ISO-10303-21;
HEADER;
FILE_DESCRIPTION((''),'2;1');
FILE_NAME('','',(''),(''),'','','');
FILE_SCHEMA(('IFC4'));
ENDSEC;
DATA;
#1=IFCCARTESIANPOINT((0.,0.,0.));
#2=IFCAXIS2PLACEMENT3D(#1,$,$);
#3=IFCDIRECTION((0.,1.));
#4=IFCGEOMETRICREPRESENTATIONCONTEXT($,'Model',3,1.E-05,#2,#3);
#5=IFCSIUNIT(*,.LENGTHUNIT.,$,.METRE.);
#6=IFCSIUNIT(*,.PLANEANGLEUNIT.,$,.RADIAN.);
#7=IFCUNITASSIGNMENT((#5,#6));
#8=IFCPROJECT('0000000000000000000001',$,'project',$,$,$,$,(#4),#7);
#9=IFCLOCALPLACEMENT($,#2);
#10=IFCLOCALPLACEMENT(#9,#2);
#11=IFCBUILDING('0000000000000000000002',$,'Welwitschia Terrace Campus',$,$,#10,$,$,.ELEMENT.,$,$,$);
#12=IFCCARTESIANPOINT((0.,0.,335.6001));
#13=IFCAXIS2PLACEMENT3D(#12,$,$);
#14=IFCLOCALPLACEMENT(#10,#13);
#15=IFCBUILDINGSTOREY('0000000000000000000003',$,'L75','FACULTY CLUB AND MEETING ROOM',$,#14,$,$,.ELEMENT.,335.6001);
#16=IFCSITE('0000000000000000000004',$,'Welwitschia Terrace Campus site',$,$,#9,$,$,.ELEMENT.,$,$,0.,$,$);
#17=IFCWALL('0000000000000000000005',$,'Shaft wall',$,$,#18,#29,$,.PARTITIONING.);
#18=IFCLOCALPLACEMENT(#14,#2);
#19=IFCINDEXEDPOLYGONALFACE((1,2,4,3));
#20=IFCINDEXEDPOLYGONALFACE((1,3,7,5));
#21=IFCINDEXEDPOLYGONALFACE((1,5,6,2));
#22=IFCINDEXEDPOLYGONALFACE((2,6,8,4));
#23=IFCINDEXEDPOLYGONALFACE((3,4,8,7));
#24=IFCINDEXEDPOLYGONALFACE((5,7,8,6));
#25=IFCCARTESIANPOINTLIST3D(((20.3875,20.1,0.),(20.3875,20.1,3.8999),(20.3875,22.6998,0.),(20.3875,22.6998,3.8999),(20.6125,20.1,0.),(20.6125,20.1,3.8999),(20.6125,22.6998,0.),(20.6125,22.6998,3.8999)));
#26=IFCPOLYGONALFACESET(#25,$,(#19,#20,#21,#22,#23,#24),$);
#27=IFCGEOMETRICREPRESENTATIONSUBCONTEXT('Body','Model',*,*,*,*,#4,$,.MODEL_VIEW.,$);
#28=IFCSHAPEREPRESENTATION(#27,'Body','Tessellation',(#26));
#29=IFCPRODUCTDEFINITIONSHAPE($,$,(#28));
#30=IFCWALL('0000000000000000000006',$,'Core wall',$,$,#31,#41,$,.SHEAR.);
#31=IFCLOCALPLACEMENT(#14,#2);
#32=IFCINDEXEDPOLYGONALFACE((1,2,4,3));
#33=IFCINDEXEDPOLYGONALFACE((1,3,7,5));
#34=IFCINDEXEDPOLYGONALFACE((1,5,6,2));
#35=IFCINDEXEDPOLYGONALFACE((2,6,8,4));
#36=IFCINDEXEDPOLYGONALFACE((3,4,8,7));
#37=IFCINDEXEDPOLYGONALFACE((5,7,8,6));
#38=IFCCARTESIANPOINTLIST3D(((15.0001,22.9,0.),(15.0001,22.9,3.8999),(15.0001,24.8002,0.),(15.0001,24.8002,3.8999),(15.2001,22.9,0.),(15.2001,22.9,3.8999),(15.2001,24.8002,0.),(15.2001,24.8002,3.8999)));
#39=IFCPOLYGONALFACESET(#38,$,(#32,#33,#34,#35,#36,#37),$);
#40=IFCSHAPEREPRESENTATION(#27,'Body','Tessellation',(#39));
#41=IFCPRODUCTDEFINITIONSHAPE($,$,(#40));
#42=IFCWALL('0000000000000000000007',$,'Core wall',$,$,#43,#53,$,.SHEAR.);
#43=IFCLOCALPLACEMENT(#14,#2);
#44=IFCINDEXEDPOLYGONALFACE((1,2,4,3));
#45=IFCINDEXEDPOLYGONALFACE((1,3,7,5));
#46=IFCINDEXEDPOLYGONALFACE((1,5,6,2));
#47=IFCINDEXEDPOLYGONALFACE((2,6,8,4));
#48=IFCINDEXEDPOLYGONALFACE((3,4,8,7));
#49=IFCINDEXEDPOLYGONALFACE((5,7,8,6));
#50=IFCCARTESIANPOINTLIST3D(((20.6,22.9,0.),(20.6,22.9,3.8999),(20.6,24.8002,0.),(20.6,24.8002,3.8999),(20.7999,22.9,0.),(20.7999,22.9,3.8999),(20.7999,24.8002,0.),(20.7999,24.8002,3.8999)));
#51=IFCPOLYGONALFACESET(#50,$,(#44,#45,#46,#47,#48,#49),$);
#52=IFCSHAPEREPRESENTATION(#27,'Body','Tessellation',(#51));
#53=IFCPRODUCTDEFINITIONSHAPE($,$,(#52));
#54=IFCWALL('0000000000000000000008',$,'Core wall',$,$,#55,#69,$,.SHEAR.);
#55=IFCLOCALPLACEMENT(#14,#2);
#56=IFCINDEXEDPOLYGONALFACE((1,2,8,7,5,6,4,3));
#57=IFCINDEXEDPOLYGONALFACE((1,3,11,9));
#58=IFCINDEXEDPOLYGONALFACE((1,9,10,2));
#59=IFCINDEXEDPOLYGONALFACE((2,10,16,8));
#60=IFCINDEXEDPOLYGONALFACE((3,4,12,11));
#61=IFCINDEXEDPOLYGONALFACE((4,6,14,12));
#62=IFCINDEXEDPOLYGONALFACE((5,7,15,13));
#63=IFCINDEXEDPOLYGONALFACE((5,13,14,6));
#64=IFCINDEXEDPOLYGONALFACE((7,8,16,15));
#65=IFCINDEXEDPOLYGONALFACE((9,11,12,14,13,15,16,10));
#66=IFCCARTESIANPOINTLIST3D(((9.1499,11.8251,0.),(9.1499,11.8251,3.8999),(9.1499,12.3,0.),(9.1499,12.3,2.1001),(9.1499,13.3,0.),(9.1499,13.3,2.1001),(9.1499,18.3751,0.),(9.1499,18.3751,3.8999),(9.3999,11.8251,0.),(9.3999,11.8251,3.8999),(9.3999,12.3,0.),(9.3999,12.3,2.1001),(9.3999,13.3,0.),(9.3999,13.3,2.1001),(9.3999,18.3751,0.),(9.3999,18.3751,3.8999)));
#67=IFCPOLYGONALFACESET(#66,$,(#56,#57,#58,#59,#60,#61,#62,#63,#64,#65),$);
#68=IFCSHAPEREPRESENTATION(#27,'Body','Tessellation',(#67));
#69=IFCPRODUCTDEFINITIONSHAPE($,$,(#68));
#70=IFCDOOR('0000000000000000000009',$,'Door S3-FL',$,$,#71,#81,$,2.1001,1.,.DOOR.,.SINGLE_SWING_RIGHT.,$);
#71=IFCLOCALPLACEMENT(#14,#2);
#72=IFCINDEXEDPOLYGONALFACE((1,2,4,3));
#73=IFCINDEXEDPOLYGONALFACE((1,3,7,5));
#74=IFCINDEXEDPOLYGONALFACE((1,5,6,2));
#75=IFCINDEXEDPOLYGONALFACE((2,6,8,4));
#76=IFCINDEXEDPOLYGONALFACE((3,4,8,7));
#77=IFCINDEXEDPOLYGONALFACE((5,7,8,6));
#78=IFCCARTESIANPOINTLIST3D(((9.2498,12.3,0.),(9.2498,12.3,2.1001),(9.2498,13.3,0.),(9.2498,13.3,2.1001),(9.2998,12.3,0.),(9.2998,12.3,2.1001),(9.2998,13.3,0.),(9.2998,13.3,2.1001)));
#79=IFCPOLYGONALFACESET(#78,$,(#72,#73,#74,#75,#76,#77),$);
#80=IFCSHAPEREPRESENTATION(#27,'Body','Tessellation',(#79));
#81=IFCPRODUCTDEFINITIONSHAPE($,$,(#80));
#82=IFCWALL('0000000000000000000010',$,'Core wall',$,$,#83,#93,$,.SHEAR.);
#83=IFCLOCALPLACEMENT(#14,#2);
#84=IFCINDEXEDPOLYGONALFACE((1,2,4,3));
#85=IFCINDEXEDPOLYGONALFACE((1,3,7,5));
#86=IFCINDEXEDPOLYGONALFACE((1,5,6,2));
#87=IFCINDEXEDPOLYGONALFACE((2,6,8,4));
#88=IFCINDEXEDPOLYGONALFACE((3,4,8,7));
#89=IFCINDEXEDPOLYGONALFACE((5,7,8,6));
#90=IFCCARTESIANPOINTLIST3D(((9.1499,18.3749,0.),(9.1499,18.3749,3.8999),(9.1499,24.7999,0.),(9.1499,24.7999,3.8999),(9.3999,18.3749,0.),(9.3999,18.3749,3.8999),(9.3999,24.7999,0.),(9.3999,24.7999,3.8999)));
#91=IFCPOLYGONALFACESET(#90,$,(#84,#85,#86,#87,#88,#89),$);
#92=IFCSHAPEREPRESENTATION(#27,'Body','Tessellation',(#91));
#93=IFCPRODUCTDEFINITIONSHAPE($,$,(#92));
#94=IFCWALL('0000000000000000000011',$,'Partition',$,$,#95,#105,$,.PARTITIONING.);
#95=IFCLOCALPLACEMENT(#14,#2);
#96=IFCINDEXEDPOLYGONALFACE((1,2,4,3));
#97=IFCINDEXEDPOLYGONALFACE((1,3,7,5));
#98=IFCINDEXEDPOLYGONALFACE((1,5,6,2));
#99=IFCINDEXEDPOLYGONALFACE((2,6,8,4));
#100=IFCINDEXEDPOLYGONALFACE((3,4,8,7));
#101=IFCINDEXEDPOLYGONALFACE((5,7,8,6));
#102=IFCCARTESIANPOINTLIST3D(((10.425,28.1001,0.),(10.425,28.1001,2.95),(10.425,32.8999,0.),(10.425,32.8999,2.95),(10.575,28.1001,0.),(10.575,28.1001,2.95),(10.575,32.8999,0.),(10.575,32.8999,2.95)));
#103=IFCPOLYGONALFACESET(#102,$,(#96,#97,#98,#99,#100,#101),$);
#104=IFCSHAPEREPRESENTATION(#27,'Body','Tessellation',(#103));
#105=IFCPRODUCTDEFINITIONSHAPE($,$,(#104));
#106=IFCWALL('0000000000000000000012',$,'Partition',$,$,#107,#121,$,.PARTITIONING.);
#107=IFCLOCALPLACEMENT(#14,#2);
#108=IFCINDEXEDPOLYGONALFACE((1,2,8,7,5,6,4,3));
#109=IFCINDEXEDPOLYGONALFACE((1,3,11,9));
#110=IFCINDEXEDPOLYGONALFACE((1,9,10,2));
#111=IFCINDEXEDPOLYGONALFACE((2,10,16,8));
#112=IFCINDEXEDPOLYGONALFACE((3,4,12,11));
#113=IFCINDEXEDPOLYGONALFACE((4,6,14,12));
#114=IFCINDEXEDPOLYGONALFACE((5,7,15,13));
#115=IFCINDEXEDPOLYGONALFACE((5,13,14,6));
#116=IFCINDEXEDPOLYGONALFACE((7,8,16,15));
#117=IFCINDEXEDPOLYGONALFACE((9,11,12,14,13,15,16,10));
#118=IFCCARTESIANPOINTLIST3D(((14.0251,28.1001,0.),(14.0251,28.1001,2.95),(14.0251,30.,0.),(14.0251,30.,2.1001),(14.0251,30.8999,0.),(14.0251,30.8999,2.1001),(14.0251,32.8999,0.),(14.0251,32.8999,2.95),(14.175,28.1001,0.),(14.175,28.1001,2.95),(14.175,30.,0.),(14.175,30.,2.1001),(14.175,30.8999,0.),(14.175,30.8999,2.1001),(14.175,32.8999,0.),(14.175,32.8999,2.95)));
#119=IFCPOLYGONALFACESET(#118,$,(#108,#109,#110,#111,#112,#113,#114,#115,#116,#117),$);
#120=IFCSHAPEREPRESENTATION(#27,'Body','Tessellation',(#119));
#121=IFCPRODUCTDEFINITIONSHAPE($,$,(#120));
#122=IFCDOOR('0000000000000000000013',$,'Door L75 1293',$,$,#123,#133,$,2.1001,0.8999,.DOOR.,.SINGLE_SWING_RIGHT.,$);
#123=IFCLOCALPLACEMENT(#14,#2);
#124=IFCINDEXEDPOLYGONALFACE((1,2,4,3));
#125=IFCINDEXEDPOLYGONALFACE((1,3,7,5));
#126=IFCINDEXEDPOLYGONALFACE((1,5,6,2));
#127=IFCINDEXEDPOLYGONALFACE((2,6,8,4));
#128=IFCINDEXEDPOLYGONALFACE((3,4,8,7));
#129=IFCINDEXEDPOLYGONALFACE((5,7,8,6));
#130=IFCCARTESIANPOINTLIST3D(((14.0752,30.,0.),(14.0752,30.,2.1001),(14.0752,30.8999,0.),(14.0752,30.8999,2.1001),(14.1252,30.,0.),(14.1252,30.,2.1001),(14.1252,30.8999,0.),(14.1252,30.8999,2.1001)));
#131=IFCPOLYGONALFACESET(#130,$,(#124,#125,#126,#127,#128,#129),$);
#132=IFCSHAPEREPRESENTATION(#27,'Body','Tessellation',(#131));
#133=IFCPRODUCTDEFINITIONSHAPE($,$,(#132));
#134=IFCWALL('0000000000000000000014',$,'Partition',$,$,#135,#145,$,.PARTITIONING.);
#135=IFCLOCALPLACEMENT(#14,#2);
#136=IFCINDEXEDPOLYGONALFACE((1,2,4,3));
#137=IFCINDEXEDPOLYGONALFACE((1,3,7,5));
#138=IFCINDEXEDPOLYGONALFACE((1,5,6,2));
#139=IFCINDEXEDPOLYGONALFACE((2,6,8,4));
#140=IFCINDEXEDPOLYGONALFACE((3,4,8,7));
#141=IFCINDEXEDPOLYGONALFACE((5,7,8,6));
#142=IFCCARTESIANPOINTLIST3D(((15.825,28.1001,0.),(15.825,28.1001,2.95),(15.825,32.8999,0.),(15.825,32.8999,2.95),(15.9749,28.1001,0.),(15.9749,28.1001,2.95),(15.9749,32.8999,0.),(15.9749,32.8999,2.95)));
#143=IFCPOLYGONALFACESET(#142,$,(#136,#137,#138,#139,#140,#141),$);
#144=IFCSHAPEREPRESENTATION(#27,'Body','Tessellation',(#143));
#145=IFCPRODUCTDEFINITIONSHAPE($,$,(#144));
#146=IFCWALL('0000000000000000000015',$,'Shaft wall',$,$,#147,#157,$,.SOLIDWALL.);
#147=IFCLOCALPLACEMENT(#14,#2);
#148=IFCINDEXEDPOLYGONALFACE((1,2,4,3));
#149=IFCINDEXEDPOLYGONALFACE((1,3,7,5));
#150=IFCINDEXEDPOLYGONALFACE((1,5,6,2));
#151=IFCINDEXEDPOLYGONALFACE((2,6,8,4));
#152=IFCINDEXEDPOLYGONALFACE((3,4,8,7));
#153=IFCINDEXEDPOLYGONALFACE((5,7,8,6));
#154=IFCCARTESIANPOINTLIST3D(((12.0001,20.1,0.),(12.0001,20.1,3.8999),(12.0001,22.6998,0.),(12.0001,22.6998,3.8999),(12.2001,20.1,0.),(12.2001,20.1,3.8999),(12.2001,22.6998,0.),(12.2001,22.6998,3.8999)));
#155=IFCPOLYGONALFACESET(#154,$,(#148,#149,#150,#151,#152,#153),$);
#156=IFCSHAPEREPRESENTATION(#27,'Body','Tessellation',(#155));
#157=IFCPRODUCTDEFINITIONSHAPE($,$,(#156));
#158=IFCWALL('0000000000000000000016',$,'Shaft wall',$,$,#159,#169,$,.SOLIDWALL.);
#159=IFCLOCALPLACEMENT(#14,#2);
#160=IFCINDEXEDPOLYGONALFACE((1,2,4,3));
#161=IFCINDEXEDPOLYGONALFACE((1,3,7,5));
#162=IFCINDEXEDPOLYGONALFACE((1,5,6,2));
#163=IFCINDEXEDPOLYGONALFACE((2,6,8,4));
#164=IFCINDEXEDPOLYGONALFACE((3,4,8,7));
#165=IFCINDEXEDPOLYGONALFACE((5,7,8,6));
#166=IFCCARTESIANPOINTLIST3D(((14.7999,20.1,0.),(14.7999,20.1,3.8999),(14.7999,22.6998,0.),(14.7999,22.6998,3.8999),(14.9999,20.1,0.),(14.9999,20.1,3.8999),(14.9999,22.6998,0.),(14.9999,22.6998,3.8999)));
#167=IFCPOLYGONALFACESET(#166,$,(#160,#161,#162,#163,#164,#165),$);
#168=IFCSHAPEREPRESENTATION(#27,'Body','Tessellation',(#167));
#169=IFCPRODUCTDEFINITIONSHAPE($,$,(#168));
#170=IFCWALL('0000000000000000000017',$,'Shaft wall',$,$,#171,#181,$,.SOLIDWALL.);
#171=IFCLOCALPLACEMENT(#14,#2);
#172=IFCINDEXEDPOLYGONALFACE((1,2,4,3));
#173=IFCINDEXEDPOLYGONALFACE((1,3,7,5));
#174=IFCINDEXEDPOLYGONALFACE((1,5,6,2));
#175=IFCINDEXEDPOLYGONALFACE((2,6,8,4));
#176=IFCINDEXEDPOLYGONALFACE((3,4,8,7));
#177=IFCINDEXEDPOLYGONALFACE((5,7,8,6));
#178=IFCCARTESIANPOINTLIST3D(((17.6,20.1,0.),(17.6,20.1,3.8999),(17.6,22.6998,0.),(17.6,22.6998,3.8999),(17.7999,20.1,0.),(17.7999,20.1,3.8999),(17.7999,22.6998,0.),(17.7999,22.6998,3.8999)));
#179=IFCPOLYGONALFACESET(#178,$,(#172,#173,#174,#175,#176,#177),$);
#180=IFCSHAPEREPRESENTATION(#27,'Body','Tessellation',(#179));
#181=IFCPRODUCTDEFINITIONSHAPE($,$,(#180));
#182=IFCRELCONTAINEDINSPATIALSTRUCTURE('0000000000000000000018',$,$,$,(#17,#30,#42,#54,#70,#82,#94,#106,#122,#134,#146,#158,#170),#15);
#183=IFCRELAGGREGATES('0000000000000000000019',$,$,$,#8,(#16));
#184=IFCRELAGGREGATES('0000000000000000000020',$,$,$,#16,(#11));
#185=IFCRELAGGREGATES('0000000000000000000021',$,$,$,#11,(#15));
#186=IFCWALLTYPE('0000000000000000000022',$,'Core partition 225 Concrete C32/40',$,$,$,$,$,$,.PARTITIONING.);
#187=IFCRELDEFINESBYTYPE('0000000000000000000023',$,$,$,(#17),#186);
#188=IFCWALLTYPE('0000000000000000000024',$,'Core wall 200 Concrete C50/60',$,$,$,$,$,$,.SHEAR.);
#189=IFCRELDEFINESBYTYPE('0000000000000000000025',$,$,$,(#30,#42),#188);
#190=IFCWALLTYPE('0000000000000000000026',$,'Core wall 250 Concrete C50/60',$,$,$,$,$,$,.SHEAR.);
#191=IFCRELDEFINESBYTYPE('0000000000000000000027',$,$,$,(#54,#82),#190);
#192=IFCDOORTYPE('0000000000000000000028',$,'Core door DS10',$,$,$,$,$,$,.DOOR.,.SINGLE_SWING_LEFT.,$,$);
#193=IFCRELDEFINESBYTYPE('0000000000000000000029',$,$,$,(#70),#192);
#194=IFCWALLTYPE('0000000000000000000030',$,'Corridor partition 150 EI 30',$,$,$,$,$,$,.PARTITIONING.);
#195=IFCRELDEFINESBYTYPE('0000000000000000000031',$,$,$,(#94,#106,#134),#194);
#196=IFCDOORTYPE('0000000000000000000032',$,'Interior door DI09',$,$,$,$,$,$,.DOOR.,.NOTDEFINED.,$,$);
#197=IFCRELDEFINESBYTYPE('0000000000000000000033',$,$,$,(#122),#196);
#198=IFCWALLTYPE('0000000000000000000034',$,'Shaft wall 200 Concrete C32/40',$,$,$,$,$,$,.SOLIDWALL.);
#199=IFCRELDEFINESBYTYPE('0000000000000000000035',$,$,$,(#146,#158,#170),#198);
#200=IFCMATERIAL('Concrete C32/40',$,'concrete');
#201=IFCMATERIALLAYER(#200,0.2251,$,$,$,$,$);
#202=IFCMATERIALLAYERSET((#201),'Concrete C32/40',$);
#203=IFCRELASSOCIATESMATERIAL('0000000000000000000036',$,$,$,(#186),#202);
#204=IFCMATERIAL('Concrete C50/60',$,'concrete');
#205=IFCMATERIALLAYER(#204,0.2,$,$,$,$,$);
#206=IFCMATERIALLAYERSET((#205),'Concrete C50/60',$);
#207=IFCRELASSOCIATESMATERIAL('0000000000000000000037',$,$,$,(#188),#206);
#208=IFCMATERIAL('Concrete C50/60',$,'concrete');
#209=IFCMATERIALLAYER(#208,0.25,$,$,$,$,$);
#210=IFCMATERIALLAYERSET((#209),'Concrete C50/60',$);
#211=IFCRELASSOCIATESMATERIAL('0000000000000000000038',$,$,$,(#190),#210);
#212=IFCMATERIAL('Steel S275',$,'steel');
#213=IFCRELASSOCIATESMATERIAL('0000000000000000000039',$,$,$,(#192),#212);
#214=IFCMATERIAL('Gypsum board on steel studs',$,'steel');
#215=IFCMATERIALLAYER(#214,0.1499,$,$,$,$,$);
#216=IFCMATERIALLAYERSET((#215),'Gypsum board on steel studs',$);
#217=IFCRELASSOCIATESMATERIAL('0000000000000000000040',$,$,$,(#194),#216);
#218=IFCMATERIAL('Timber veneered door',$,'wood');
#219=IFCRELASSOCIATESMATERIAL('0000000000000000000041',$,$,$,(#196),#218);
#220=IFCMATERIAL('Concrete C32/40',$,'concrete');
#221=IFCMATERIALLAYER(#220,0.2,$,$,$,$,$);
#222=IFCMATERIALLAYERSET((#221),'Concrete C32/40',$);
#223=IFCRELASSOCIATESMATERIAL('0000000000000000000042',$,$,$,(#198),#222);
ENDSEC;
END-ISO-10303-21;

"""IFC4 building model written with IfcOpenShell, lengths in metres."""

from ifc_helpers import new_model, si_unit, direction, frame, frame_2d, origin, place, context, subcontext, project, spatial, rectangle, extrude, material, layer, layer_set, type_object, element, fill, save


model = new_model("IFC4")

# Units and contexts
model_context = context("Model", 3, precision=1e-05, world=origin(), true_north=direction((0.0, 1.0)))
body_context = subcontext(model_context, "Body", "Model", "MODEL_VIEW")
ifc_project = project(units=[si_unit("LENGTHUNIT", "METRE"), si_unit("PLANEANGLEUNIT", "RADIAN")], contexts=[model_context])

# Site, building, storey
site_placement = place(None, origin())
site = spatial("IfcSite", under=ifc_project, at=site_placement, Name="Welwitschia Terrace Campus site", CompositionType="ELEMENT", RefElevation=0.0)
building_placement = place(site_placement, origin())
building = spatial("IfcBuilding", under=site, at=building_placement, Name="Welwitschia Terrace Campus", CompositionType="ELEMENT")
storey_placement = place(building_placement, frame((0.0, 0.0, 335.6001)))
storey = spatial("IfcBuildingStorey", under=building, at=storey_placement, Name="L75", Description="FACULTY CLUB AND MEETING ROOM", CompositionType="ELEMENT", Elevation=335.6001)

# Shared definitions
ifc_material_1 = material(Name="Concrete C32/40", Category="concrete")
ifc_layer_1 = layer(ifc_material_1, 0.2251)
ifc_layer_set_1 = layer_set([ifc_layer_1], Name="Concrete C32/40")
wall_type_1 = type_object("IfcWallType", Name="Core partition 225 Concrete C32/40", PredefinedType="PARTITIONING", material=ifc_layer_set_1)

# Walls
wall_1_placement = place(storey_placement, frame((20.5, 20.1001, 0.0), z_axis=(0.0, 0.0, 1.0), x_axis=(0.0, 1.0, 0.0)))
element("IfcWall", 1, at=wall_1_placement, inside=storey, type_object=wall_type_1, Name="Shaft wall", PredefinedType="PARTITIONING", context=body_context, shape_type="SweptSolid", body=[
    extrude(rectangle(XDim=2.5999, YDim=0.2251, at=frame_2d((1.2998, 0.0))), origin(), (0.0, 0.0, 1.0), 3.8999),
])
ifc_material_2 = material(Name="Concrete C50/60", Category="concrete")
ifc_layer_2 = layer(ifc_material_2, 0.2)
ifc_layer_set_2 = layer_set([ifc_layer_2], Name="Concrete C50/60")
wall_type_2 = type_object("IfcWallType", Name="Core wall 200 Concrete C50/60", PredefinedType="SHEAR", material=ifc_layer_set_2)
for number, where, z_axis, x_axis, name in (
    (2, (15.1001, 22.8999, 0.0), (0.0, 0.0, 1.0), (0.0, 1.0, 0.0), "Core wall"),
    (3, (20.7, 22.8999, 0.0), (0.0, 0.0, 1.0), (0.0, 1.0, 0.0), "Core wall"),
):
    element("IfcWall", number, at=place(storey_placement, frame(where, z_axis=z_axis, x_axis=x_axis)), inside=storey, type_object=wall_type_2, Name=name, PredefinedType="SHEAR", context=body_context, shape_type="SweptSolid", body=[
        extrude(rectangle(XDim=1.9001, YDim=0.2, at=frame_2d((0.9502, 0.0))), origin(), (0.0, 0.0, 1.0), 3.8999),
    ])

# Wall, opening, door
ifc_material_3 = material(Name="Concrete C50/60", Category="concrete")
ifc_layer_3 = layer(ifc_material_3, 0.25)
ifc_layer_set_3 = layer_set([ifc_layer_3], Name="Concrete C50/60")
wall_type_3 = type_object("IfcWallType", Name="Core wall 250 Concrete C50/60", PredefinedType="SHEAR", material=ifc_layer_set_3)
wall_2_placement = place(storey_placement, frame((9.2749, 18.375, 0.0), z_axis=(0.0, 0.0, 1.0), x_axis=(0.0, -1.0, 0.0)))
wall_2 = element("IfcWall", 4, at=wall_2_placement, inside=storey, type_object=wall_type_3, Name="Core wall", PredefinedType="SHEAR", context=body_context, shape_type="SweptSolid", body=[
    extrude(rectangle(XDim=6.55, YDim=0.25, at=frame_2d((3.2749, 0.0))), origin(), (0.0, 0.0, 1.0), 3.8999),
])
opening_1_placement = place(wall_2_placement, frame((5.075, 0.0, 0.0)))
opening_1 = element("IfcOpeningElement", 5, at=opening_1_placement, cuts=wall_2, PredefinedType="OPENING", context=body_context, shape_type="SweptSolid", body=[
    extrude(rectangle(XDim=1.0, YDim=2.1001, at=frame_2d((0.5, 1.05))), frame((0.0, 0.135, 0.0), z_axis=(0.0, -1.0, 0.0), x_axis=(1.0, 0.0, 0.0)), (0.0, 0.0, 1.0), 0.27),
])
ifc_material_4 = material(Name="Steel S275", Category="steel")
door_type_1 = type_object("IfcDoorType", Name="Core door DS10", OperationType="SINGLE_SWING_LEFT", PredefinedType="DOOR", material=ifc_material_4)
door_1_placement = place(opening_1_placement, origin())
door_1 = element("IfcDoor", 6, at=door_1_placement, inside=storey, type_object=door_type_1, Name="Door S3-FL", OperationType="SINGLE_SWING_RIGHT", OverallHeight=2.1001, OverallWidth=1.0, PredefinedType="DOOR", context=body_context, shape_type="SweptSolid", body=[
    extrude(rectangle(XDim=1.0, YDim=2.1001, at=frame_2d((0.5, 1.05))), frame((0.0, 0.0249, 0.0), z_axis=(0.0, -1.0, 0.0), x_axis=(1.0, 0.0, 0.0)), (0.0, 0.0, 1.0), 0.05),
])
fill(opening_1, door_1)

# Walls
wall_3_placement = place(storey_placement, frame((9.2749, 18.375, 0.0), z_axis=(0.0, 0.0, 1.0), x_axis=(0.0, 1.0, 0.0)))
element("IfcWall", 7, at=wall_3_placement, inside=storey, type_object=wall_type_3, Name="Core wall", PredefinedType="SHEAR", context=body_context, shape_type="SweptSolid", body=[
    extrude(rectangle(XDim=6.425, YDim=0.25, at=frame_2d((3.2124, 0.0))), origin(), (0.0, 0.0, 1.0), 3.8999),
])
ifc_material_5 = material(Name="Gypsum board on steel studs", Category="steel")
ifc_layer_4 = layer(ifc_material_5, 0.1499)
ifc_layer_set_4 = layer_set([ifc_layer_4], Name="Gypsum board on steel studs")
wall_type_4 = type_object("IfcWallType", Name="Corridor partition 150 EI 30", PredefinedType="PARTITIONING", material=ifc_layer_set_4)
wall_4_placement = place(storey_placement, frame((10.5, 28.1001, 0.0), z_axis=(0.0, 0.0, 1.0), x_axis=(0.0, 1.0, 0.0)))
element("IfcWall", 8, at=wall_4_placement, inside=storey, type_object=wall_type_4, Name="Partition", PredefinedType="PARTITIONING", context=body_context, shape_type="SweptSolid", body=[
    extrude(rectangle(XDim=4.7998, YDim=0.1499, at=frame_2d((2.3999, 0.0))), origin(), (0.0, 0.0, 1.0), 2.95),
])

# Wall, opening, door
wall_5_placement = place(storey_placement, frame((14.1001, 28.1001, 0.0), z_axis=(0.0, 0.0, 1.0), x_axis=(0.0, 1.0, 0.0)))
wall_5 = element("IfcWall", 9, at=wall_5_placement, inside=storey, type_object=wall_type_4, Name="Partition", PredefinedType="PARTITIONING", context=body_context, shape_type="SweptSolid", body=[
    extrude(rectangle(XDim=4.7998, YDim=0.1499, at=frame_2d((2.3999, 0.0))), origin(), (0.0, 0.0, 1.0), 2.95),
])
opening_2_placement = place(wall_5_placement, frame((1.8999, 0.0, 0.0)))
opening_2 = element("IfcOpeningElement", 10, at=opening_2_placement, cuts=wall_5, PredefinedType="OPENING", context=body_context, shape_type="SweptSolid", body=[
    extrude(rectangle(XDim=0.8999, YDim=2.1001, at=frame_2d((0.45, 1.05))), frame((0.0, 0.085, 0.0), z_axis=(0.0, -1.0, 0.0), x_axis=(1.0, 0.0, 0.0)), (0.0, 0.0, 1.0), 0.1699),
])
ifc_material_6 = material(Name="Timber veneered door", Category="wood")
door_type_2 = type_object("IfcDoorType", Name="Interior door DI09", OperationType="NOTDEFINED", PredefinedType="DOOR", material=ifc_material_6)
door_2_placement = place(opening_2_placement, origin())
door_2 = element("IfcDoor", 11, at=door_2_placement, inside=storey, type_object=door_type_2, Name="Door L75 1293", OperationType="SINGLE_SWING_RIGHT", OverallHeight=2.1001, OverallWidth=0.8999, PredefinedType="DOOR", context=body_context, shape_type="SweptSolid", body=[
    extrude(rectangle(XDim=0.8999, YDim=2.1001, at=frame_2d((0.45, 1.05))), frame((0.0, 0.0249, 0.0), z_axis=(0.0, -1.0, 0.0), x_axis=(1.0, 0.0, 0.0)), (0.0, 0.0, 1.0), 0.05),
])
fill(opening_2, door_2)

# Walls
wall_6_placement = place(storey_placement, frame((15.8999, 28.1001, 0.0), z_axis=(0.0, 0.0, 1.0), x_axis=(0.0, 1.0, 0.0)))
element("IfcWall", 12, at=wall_6_placement, inside=storey, type_object=wall_type_4, Name="Partition", PredefinedType="PARTITIONING", context=body_context, shape_type="SweptSolid", body=[
    extrude(rectangle(XDim=4.7998, YDim=0.1499, at=frame_2d((2.3999, 0.0))), origin(), (0.0, 0.0, 1.0), 2.95),
])
ifc_material_7 = material(Name="Concrete C32/40", Category="concrete")
ifc_layer_5 = layer(ifc_material_7, 0.2)
ifc_layer_set_5 = layer_set([ifc_layer_5], Name="Concrete C32/40")
wall_type_5 = type_object("IfcWallType", Name="Shaft wall 200 Concrete C32/40", PredefinedType="SOLIDWALL", material=ifc_layer_set_5)
for number, where, z_axis, x_axis, name in (
    (13, (12.1001, 20.1001, 0.0), (0.0, 0.0, 1.0), (0.0, 1.0, 0.0), "Shaft wall"),
    (14, (14.8999, 20.1001, 0.0), (0.0, 0.0, 1.0), (0.0, 1.0, 0.0), "Shaft wall"),
    (15, (17.7, 20.1001, 0.0), (0.0, 0.0, 1.0), (0.0, 1.0, 0.0), "Shaft wall"),
):
    element("IfcWall", number, at=place(storey_placement, frame(where, z_axis=z_axis, x_axis=x_axis)), inside=storey, type_object=wall_type_5, Name=name, PredefinedType="SOLIDWALL", context=body_context, shape_type="SweptSolid", body=[
        extrude(rectangle(XDim=2.5999, YDim=0.2, at=frame_2d((1.2998, 0.0))), origin(), (0.0, 0.0, 1.0), 3.8999),
    ])

save(model, "model.ifc")
